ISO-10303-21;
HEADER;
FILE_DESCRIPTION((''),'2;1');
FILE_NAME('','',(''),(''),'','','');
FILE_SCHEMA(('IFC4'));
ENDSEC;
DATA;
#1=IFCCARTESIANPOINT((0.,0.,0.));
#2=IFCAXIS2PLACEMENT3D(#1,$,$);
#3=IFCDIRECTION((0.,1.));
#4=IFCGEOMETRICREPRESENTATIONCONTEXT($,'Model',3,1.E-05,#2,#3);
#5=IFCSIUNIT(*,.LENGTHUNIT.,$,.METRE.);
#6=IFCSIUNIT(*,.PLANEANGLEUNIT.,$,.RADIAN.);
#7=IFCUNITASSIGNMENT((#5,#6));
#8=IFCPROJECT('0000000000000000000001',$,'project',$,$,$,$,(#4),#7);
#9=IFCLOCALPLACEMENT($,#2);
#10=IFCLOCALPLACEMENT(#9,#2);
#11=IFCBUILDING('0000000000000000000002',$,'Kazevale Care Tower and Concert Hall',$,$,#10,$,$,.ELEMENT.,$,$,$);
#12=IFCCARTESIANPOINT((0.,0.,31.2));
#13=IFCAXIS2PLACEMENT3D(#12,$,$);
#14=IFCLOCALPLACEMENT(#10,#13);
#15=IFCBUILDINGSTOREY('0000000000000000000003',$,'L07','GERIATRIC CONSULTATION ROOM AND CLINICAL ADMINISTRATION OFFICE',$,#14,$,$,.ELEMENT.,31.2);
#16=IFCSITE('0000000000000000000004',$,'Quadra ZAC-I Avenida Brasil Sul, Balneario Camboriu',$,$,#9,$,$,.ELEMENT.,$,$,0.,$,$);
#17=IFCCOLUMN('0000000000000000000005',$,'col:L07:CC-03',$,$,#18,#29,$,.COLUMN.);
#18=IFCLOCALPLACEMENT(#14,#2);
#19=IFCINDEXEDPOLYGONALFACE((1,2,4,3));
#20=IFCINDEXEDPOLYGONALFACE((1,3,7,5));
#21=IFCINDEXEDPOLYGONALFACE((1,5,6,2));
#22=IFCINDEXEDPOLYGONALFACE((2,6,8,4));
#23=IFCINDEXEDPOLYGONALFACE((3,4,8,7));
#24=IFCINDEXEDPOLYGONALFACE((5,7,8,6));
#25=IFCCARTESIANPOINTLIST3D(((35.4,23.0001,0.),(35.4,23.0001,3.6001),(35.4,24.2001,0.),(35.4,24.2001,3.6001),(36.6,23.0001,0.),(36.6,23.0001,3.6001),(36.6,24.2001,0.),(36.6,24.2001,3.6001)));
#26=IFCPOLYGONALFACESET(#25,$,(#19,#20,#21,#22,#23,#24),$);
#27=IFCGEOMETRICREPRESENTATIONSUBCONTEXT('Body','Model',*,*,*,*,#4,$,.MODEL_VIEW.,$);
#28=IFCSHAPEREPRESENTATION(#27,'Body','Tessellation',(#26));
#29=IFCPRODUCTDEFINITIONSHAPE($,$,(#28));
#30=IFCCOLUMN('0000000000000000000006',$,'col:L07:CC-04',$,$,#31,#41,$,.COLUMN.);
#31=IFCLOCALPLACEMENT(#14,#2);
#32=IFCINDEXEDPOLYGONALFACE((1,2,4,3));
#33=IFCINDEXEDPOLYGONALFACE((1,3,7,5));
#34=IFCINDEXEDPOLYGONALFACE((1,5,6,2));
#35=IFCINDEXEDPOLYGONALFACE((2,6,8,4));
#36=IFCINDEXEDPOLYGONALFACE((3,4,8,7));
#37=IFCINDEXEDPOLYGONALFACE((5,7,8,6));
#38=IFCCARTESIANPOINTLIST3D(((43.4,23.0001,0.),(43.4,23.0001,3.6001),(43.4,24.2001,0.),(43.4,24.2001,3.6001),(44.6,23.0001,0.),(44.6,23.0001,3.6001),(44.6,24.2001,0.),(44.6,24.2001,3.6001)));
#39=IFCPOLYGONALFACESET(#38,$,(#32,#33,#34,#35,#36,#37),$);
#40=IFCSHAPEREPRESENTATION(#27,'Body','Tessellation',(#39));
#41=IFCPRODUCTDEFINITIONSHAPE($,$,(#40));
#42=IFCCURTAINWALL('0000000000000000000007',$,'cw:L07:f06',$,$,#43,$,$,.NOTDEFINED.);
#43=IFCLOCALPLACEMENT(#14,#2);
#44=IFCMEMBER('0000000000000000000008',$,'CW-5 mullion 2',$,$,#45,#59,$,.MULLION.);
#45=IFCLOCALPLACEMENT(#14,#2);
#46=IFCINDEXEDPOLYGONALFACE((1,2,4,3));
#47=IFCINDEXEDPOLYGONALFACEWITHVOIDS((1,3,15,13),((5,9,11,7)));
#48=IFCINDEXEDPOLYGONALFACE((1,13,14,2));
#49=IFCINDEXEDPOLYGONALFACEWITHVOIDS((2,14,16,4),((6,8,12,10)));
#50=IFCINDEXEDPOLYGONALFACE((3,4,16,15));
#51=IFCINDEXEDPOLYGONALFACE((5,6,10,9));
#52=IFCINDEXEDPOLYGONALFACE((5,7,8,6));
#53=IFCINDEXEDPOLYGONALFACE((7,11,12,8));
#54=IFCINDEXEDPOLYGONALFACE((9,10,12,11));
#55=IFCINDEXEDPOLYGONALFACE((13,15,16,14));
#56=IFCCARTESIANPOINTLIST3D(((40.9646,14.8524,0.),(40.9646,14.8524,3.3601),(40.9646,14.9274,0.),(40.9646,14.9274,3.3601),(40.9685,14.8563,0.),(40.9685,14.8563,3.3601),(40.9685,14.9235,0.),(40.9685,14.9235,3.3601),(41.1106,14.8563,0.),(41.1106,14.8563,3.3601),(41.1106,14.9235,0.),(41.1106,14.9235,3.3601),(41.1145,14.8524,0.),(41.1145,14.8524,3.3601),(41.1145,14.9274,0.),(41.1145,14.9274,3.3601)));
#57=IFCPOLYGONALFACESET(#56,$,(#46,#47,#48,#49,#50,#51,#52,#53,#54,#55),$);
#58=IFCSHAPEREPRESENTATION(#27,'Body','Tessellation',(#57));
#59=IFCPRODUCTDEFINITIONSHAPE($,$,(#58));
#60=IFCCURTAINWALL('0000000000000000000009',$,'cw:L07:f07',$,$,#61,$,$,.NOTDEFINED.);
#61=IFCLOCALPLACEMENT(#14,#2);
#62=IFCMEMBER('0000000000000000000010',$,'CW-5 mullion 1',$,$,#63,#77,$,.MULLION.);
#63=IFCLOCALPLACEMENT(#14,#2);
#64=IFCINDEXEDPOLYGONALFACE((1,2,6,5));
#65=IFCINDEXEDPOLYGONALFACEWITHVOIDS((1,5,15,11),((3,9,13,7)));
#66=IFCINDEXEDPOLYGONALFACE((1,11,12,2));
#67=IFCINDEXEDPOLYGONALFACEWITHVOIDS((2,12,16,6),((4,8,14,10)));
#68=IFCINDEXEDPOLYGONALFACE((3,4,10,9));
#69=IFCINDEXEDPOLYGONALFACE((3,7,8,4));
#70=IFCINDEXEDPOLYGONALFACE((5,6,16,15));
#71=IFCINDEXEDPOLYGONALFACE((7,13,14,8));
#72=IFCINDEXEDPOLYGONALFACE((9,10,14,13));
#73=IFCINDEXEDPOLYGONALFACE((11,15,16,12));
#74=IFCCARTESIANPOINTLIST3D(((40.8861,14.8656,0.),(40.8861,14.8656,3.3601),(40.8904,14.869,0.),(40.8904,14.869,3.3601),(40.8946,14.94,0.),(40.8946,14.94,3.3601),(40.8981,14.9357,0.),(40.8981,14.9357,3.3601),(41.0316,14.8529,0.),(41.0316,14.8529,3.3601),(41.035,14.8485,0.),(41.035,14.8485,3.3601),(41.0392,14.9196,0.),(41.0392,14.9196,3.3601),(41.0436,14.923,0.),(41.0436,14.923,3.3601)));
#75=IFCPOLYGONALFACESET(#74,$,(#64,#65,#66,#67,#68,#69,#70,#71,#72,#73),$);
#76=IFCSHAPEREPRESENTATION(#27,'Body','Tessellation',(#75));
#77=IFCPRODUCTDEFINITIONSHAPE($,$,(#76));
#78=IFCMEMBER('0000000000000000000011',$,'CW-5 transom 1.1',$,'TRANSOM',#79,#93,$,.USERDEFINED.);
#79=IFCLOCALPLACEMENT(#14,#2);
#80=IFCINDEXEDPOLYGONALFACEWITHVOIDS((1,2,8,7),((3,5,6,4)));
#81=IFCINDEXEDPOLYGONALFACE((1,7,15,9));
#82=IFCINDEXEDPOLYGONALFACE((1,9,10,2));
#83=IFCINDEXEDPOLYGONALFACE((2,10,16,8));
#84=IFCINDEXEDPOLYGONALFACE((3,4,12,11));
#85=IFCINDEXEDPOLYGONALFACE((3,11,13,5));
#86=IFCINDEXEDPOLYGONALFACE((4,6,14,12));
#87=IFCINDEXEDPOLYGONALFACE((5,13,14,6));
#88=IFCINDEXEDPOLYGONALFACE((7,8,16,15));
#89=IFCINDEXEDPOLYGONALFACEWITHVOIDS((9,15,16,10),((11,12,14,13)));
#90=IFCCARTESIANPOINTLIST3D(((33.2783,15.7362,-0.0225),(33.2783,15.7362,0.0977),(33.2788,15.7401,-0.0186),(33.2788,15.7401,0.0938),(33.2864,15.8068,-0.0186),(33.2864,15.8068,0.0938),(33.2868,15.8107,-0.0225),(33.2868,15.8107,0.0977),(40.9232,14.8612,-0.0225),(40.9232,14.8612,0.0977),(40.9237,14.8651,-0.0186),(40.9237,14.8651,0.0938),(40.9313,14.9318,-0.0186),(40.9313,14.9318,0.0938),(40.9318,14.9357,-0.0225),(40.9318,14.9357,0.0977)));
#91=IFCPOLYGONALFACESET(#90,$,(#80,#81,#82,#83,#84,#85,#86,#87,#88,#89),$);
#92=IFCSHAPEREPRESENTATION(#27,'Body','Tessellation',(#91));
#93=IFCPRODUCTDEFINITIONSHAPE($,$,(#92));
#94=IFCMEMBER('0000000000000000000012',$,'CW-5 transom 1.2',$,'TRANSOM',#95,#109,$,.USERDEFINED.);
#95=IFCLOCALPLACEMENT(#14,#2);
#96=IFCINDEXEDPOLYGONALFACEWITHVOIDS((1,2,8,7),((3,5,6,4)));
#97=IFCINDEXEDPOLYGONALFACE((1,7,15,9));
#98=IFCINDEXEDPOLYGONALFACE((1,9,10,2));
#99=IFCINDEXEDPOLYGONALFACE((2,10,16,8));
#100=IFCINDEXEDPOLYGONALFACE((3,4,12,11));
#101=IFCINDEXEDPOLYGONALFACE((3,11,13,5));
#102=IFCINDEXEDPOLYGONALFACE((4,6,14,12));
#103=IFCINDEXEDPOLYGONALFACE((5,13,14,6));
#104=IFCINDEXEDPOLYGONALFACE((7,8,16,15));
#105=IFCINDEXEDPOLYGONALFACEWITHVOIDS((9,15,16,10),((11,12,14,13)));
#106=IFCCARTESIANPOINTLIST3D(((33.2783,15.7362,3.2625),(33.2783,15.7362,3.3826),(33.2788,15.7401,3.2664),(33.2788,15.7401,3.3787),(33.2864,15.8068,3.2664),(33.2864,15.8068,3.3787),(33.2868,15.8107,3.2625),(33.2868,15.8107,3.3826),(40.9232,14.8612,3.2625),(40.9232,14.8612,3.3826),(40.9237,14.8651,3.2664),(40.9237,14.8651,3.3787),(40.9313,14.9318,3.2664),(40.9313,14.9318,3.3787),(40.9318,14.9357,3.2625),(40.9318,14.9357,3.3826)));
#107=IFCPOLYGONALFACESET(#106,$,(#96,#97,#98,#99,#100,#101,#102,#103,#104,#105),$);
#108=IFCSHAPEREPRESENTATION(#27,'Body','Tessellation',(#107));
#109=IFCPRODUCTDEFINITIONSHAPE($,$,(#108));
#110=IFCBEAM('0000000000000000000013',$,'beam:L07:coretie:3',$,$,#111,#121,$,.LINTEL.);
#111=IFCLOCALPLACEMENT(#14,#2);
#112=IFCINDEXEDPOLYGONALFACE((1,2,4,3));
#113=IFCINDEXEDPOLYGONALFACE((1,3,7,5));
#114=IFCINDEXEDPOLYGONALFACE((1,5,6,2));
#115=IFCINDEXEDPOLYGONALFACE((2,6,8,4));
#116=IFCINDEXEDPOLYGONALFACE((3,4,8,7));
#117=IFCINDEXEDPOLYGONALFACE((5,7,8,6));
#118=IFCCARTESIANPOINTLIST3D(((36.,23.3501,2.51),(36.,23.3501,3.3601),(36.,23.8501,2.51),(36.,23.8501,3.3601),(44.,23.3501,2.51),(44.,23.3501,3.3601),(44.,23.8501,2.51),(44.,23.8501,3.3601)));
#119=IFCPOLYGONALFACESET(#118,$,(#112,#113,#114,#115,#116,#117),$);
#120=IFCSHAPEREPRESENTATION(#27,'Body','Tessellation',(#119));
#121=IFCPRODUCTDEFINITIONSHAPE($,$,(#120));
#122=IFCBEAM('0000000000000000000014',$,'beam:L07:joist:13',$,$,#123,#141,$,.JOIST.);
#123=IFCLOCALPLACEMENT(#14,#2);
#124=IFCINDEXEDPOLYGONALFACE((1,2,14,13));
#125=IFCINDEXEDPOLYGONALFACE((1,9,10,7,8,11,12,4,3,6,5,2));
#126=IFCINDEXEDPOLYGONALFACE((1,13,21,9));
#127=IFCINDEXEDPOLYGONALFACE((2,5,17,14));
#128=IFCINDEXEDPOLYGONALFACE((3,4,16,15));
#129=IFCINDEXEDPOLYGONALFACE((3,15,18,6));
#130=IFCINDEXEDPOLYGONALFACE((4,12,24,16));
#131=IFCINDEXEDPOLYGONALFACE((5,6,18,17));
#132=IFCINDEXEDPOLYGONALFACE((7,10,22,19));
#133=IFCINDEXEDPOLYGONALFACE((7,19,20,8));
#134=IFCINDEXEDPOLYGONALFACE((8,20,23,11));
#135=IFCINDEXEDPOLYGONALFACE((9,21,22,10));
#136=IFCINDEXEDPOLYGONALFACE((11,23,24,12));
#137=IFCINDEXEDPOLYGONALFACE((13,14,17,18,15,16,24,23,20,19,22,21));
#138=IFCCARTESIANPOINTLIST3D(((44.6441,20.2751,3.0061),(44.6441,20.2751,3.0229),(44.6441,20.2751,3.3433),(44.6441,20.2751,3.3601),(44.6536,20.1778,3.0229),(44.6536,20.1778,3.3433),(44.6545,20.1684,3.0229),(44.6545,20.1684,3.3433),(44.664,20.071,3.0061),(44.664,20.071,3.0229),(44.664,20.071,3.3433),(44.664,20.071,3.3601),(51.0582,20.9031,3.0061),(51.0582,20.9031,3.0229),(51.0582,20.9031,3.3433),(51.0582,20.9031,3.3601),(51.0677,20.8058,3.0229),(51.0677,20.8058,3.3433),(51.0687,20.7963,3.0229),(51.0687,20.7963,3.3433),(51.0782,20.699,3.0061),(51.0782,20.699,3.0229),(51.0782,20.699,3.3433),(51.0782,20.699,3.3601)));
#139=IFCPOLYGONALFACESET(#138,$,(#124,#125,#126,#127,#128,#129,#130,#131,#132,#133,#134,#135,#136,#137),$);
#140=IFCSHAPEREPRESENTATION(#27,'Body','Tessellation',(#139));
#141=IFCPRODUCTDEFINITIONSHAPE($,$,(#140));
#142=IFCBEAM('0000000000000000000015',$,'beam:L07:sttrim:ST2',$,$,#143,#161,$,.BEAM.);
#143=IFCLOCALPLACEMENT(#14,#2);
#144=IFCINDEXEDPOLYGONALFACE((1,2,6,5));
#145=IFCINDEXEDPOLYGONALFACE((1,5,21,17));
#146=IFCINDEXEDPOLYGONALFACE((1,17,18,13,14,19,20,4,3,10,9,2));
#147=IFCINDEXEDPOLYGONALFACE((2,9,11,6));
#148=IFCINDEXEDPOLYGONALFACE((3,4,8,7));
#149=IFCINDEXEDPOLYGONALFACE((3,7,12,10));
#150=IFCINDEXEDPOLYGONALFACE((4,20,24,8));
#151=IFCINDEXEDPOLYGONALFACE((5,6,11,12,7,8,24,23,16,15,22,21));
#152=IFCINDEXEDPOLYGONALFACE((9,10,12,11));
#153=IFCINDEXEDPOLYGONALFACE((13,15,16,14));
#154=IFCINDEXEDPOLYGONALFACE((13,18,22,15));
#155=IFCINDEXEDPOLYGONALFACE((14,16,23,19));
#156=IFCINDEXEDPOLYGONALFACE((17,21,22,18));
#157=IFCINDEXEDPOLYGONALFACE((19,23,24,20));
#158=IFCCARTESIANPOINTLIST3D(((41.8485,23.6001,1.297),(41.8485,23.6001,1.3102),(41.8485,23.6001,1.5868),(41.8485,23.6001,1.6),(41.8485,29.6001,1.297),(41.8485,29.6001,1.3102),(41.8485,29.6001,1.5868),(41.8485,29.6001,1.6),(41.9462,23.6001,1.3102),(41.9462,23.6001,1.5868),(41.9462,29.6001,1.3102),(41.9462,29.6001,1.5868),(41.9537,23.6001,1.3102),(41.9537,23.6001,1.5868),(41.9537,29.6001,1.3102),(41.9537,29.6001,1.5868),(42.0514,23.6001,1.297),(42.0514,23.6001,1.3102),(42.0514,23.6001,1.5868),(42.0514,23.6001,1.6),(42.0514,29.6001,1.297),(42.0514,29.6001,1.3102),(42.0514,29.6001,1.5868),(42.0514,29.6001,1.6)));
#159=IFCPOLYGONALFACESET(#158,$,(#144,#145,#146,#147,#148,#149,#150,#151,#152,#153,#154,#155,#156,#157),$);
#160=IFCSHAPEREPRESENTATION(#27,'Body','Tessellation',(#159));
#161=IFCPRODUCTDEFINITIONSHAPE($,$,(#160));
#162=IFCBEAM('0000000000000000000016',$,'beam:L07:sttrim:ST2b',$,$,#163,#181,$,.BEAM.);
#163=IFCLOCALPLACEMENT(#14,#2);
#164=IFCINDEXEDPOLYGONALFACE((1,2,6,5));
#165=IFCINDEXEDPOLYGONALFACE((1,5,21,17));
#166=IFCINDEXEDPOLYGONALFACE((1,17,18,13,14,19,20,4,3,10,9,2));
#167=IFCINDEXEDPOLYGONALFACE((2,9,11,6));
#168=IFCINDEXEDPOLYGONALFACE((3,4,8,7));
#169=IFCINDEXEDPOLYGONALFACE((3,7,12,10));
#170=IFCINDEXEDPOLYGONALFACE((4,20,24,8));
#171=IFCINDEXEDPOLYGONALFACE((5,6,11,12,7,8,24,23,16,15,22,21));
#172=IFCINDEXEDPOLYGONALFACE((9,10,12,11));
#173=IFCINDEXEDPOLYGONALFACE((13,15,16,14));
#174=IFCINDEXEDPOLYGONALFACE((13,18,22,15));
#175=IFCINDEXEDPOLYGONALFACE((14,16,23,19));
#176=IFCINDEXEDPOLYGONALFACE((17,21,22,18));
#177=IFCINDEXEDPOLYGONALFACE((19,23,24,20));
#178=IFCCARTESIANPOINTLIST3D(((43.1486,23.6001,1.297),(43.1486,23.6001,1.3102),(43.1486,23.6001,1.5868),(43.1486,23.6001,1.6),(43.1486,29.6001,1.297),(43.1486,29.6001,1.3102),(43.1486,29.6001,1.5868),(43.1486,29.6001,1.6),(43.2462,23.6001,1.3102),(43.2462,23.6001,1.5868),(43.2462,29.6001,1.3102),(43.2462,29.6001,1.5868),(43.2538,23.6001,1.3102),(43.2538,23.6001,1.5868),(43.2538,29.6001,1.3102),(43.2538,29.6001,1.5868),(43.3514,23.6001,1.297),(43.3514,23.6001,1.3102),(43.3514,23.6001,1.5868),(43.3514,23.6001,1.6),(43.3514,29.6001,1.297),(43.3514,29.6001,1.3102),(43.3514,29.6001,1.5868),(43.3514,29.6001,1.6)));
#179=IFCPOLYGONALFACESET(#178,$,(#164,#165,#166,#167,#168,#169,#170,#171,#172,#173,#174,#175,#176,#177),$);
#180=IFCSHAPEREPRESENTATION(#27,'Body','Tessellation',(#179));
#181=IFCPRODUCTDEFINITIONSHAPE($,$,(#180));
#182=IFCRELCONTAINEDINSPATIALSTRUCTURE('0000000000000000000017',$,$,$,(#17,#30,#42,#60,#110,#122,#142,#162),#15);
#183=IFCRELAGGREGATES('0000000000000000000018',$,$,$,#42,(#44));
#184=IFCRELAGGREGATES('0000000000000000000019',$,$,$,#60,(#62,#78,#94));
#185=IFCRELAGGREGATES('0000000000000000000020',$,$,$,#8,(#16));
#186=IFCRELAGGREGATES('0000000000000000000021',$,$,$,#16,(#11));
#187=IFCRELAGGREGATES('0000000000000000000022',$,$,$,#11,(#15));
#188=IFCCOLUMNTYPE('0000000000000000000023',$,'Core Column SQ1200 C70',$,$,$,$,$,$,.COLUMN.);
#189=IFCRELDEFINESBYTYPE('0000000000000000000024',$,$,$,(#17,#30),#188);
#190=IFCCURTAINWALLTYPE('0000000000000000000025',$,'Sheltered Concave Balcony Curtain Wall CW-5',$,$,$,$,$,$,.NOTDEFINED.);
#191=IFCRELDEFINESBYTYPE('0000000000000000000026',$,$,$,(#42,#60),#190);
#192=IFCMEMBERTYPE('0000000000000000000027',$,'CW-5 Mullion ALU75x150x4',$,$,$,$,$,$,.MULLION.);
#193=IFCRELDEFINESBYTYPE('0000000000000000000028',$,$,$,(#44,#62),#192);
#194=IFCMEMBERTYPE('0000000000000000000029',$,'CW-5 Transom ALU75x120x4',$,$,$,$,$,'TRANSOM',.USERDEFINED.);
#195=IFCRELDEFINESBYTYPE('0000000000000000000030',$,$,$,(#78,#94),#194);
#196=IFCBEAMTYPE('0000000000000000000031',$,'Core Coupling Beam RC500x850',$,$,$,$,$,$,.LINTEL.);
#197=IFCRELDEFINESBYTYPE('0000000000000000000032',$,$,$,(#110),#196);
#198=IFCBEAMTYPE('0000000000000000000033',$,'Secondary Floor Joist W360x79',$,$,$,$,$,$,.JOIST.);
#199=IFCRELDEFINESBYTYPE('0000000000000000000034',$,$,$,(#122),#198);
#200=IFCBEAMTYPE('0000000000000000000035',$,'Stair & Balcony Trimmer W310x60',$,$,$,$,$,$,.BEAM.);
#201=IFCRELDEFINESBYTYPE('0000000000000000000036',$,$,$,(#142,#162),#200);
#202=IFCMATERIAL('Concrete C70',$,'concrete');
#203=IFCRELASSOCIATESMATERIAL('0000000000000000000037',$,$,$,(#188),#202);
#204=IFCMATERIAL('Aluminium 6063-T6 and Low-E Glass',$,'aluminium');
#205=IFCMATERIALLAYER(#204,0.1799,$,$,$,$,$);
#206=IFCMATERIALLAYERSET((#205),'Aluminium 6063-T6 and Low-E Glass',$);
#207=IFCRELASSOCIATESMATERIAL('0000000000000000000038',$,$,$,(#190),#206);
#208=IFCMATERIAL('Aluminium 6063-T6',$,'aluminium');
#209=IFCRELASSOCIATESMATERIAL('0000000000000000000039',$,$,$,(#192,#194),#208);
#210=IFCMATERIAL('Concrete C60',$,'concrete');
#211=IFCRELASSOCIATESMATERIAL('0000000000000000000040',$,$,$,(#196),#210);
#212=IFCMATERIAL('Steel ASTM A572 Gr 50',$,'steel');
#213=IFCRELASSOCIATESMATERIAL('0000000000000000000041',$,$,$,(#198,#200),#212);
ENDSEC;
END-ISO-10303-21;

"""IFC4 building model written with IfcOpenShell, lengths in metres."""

from ifc_helpers import new_model, si_unit, direction, frame, origin, origin_2d, place, context, subcontext, project, spatial, rectangle, hollow_rectangle, i_section, extrude, material, layer, layer_set, material_profile, profile_set, type_object, element, aggregate, save


model = new_model("IFC4")

# Units and contexts
model_context = context("Model", 3, precision=1e-05, world=origin(), true_north=direction((0.0, 1.0)))
body_context = subcontext(model_context, "Body", "Model", "MODEL_VIEW")
ifc_project = project(units=[si_unit("LENGTHUNIT", "METRE"), si_unit("PLANEANGLEUNIT", "RADIAN")], contexts=[model_context])

# Site, building, storey
site_placement = place(None, origin())
site = spatial("IfcSite", under=ifc_project, at=site_placement, Name="Quadra ZAC-I Avenida Brasil Sul, Balneario Camboriu", CompositionType="ELEMENT", RefElevation=0.0)
building_placement = place(site_placement, origin())
building = spatial("IfcBuilding", under=site, at=building_placement, Name="Kazevale Care Tower and Concert Hall", CompositionType="ELEMENT")
storey_placement = place(building_placement, frame((0.0, 0.0, 31.2)))
storey = spatial("IfcBuildingStorey", under=building, at=storey_placement, Name="L07", Description="GERIATRIC CONSULTATION ROOM AND CLINICAL ADMINISTRATION OFFICE", CompositionType="ELEMENT", Elevation=31.2)

# Columns
ifc_material_1 = material(Name="Concrete C70", Category="concrete")
ifc_material_profile_1 = material_profile(ifc_material_1, rectangle(XDim=1.2, YDim=1.2, at=origin_2d()), Name="RC-SQ1200")
ifc_profile_set_1 = profile_set([ifc_material_profile_1], Name="Concrete C70")
column_type = type_object("IfcColumnType", Name="Core Column SQ1200 C70", PredefinedType="COLUMN", material=ifc_profile_set_1)
for number, where, z_axis, x_axis, name in (
    (1, (36.0, 23.6001, 0.0), (0.0, 0.0, 1.0), (1.0, 0.0, 0.0), "col:L07:CC-03"),
    (2, (44.0, 23.6001, 0.0), (0.0, 0.0, 1.0), (1.0, 0.0, 0.0), "col:L07:CC-04"),
):
    element("IfcColumn", number, at=place(storey_placement, frame(where, z_axis=z_axis, x_axis=x_axis)), inside=storey, type_object=column_type, Name=name, PredefinedType="COLUMN", context=body_context, shape_type="SweptSolid", body=[
        extrude(rectangle(XDim=1.2, YDim=1.2, at=origin_2d()), origin(), (0.0, 0.0, 1.0), 3.6001),
    ])

# Curtain wall, member
ifc_material_2 = material(Name="Aluminium 6063-T6 and Low-E Glass", Category="aluminium")
ifc_layer_1 = layer(ifc_material_2, 0.1799)
ifc_layer_set_1 = layer_set([ifc_layer_1], Name="Aluminium 6063-T6 and Low-E Glass")
curtain_wall_type = type_object("IfcCurtainWallType", Name="Sheltered Concave Balcony Curtain Wall CW-5", PredefinedType="NOTDEFINED", material=ifc_layer_set_1)
curtain_wall_1_placement = place(storey_placement, origin())
curtain_wall_1 = element("IfcCurtainWall", 3, at=curtain_wall_1_placement, inside=storey, type_object=curtain_wall_type, Name="cw:L07:f06", PredefinedType="NOTDEFINED")
ifc_material_3 = material(Name="Aluminium 6063-T6", Category="aluminium")
ifc_material_profile_2 = material_profile(ifc_material_3, hollow_rectangle(XDim=0.075, YDim=0.1499, WallThickness=0.0039, at=origin_2d()), Name="ALU75x150x4")
ifc_profile_set_2 = profile_set([ifc_material_profile_2], Name="Aluminium 6063-T6")
member_type_1 = type_object("IfcMemberType", Name="CW-5 Mullion ALU75x150x4", PredefinedType="MULLION", material=ifc_profile_set_2)
member_1_placement = place(storey_placement, frame((41.0396, 14.8899, 0.0), z_axis=(0.0, 0.0, 1.0), x_axis=(0.0, -1.0, 0.0)))
member_1 = element("IfcMember", 4, at=member_1_placement, type_object=member_type_1, Name="CW-5 mullion 2", PredefinedType="MULLION", context=body_context, shape_type="SweptSolid", body=[
    extrude(hollow_rectangle(XDim=0.075, YDim=0.1499, WallThickness=0.0039, at=origin_2d()), origin(), (0.0, 0.0, 1.0), 3.3601),
])

# Curtain wall, members
curtain_wall_2_placement = place(storey_placement, origin())
curtain_wall_2 = element("IfcCurtainWall", 5, at=curtain_wall_2_placement, inside=storey, type_object=curtain_wall_type, Name="cw:L07:f07", PredefinedType="NOTDEFINED")
member_2_placement = place(storey_placement, frame((40.9648, 14.8943, 0.0), z_axis=(0.0, 0.0, 1.0), x_axis=(-0.113705, -0.993515, 0.0)))
member_2 = element("IfcMember", 6, at=member_2_placement, type_object=member_type_1, Name="CW-5 mullion 1", PredefinedType="MULLION", context=body_context, shape_type="SweptSolid", body=[
    extrude(hollow_rectangle(XDim=0.075, YDim=0.1499, WallThickness=0.0039, at=origin_2d()), origin(), (0.0, 0.0, 1.0), 3.3601),
])
ifc_material_profile_3 = material_profile(ifc_material_3, hollow_rectangle(XDim=0.075, YDim=0.1201, WallThickness=0.0039, at=origin_2d()), Name="ALU75x120x4")
ifc_profile_set_3 = profile_set([ifc_material_profile_3], Name="Aluminium 6063-T6")
member_type_2 = type_object("IfcMemberType", Name="CW-5 Transom ALU75x120x4", ElementType="TRANSOM", PredefinedType="USERDEFINED", material=ifc_profile_set_3)
member_3_placement = place(storey_placement, frame((40.9275, 14.8984, 0.0376), z_axis=(-0.993514, 0.113711, 0.0), x_axis=(-0.113711, -0.993514, 0.0)))
member_3 = element("IfcMember", 7, at=member_3_placement, type_object=member_type_2, Name="CW-5 transom 1.1", ObjectType="TRANSOM", PredefinedType="USERDEFINED", context=body_context, shape_type="SweptSolid", body=[
    extrude(hollow_rectangle(XDim=0.075, YDim=0.1201, WallThickness=0.0039, at=origin_2d()), origin(), (0.0, 0.0, 1.0), 7.6948),
])
member_4_placement = place(storey_placement, frame((40.9275, 14.8984, 3.3225), z_axis=(-0.993514, 0.113711, 0.0), x_axis=(-0.113711, -0.993514, 0.0)))
member_4 = element("IfcMember", 8, at=member_4_placement, type_object=member_type_2, Name="CW-5 transom 1.2", ObjectType="TRANSOM", PredefinedType="USERDEFINED", context=body_context, shape_type="SweptSolid", body=[
    extrude(hollow_rectangle(XDim=0.075, YDim=0.1201, WallThickness=0.0039, at=origin_2d()), origin(), (0.0, 0.0, 1.0), 7.6948),
])

# Beams
ifc_material_4 = material(Name="Concrete C60", Category="concrete")
ifc_material_profile_4 = material_profile(ifc_material_4, rectangle(XDim=0.5, YDim=0.8501, at=origin_2d()), Name="RC-B500x850")
ifc_profile_set_4 = profile_set([ifc_material_profile_4], Name="Concrete C60")
beam_type_1 = type_object("IfcBeamType", Name="Core Coupling Beam RC500x850", PredefinedType="LINTEL", material=ifc_profile_set_4)
beam_1_placement = place(storey_placement, frame((36.0, 23.6001, 2.9351), z_axis=(1.0, 0.0, 0.0), x_axis=(0.0, 1.0, 0.0)))
element("IfcBeam", 9, at=beam_1_placement, inside=storey, type_object=beam_type_1, Name="beam:L07:coretie:3", PredefinedType="LINTEL", context=body_context, shape_type="SweptSolid", body=[
    extrude(rectangle(XDim=0.5, YDim=0.8501, at=origin_2d()), origin(), (0.0, 0.0, 1.0), 8.0),
])
ifc_material_5 = material(Name="Steel ASTM A572 Gr 50", Category="steel")
ifc_material_profile_5 = material_profile(ifc_material_5, i_section(OverallWidth=0.2051, OverallDepth=0.354, WebThickness=0.0095, FlangeThickness=0.0168, at=origin_2d()), Name="W360x79")
ifc_profile_set_5 = profile_set([ifc_material_profile_5], Name="Steel ASTM A572 Gr 50")
beam_type_2 = type_object("IfcBeamType", Name="Secondary Floor Joist W360x79", PredefinedType="JOIST", material=ifc_profile_set_5)
beam_2_placement = place(storey_placement, frame((44.6541, 20.1731, 3.1831), z_axis=(0.995242, 0.097433, 0.0), x_axis=(-0.097433, 0.995242, 0.0)))
element("IfcBeam", 10, at=beam_2_placement, inside=storey, type_object=beam_type_2, Name="beam:L07:joist:13", PredefinedType="JOIST", context=body_context, shape_type="SweptSolid", body=[
    extrude(i_section(OverallWidth=0.2051, OverallDepth=0.354, WebThickness=0.0095, FlangeThickness=0.0168, at=origin_2d()), origin(), (0.0, 0.0, 1.0), 6.4448),
])
ifc_material_profile_6 = material_profile(ifc_material_5, i_section(OverallWidth=0.2029, OverallDepth=0.303, WebThickness=0.0076, FlangeThickness=0.0132, at=origin_2d()), Name="W310x60")
ifc_profile_set_6 = profile_set([ifc_material_profile_6], Name="Steel ASTM A572 Gr 50")
beam_type_3 = type_object("IfcBeamType", Name="Stair & Balcony Trimmer W310x60", PredefinedType="BEAM", material=ifc_profile_set_6)
for number, where, z_axis, x_axis, name in (
    (11, (41.95, 23.6001, 1.4485), (0.0, 1.0, 0.0), (-1.0, 0.0, 0.0), "beam:L07:sttrim:ST2"),
    (12, (43.25, 23.6001, 1.4485), (0.0, 1.0, 0.0), (-1.0, 0.0, 0.0), "beam:L07:sttrim:ST2b"),
):
    element("IfcBeam", number, at=place(storey_placement, frame(where, z_axis=z_axis, x_axis=x_axis)), inside=storey, type_object=beam_type_3, Name=name, PredefinedType="BEAM", context=body_context, shape_type="SweptSolid", body=[
        extrude(i_section(OverallWidth=0.2029, OverallDepth=0.303, WebThickness=0.0076, FlangeThickness=0.0132, at=origin_2d()), origin(), (0.0, 0.0, 1.0), 6.0),
    ])

aggregate(curtain_wall_1, [member_1])
aggregate(curtain_wall_2, [member_2, member_3, member_4])

save(model, "model.ifc")
